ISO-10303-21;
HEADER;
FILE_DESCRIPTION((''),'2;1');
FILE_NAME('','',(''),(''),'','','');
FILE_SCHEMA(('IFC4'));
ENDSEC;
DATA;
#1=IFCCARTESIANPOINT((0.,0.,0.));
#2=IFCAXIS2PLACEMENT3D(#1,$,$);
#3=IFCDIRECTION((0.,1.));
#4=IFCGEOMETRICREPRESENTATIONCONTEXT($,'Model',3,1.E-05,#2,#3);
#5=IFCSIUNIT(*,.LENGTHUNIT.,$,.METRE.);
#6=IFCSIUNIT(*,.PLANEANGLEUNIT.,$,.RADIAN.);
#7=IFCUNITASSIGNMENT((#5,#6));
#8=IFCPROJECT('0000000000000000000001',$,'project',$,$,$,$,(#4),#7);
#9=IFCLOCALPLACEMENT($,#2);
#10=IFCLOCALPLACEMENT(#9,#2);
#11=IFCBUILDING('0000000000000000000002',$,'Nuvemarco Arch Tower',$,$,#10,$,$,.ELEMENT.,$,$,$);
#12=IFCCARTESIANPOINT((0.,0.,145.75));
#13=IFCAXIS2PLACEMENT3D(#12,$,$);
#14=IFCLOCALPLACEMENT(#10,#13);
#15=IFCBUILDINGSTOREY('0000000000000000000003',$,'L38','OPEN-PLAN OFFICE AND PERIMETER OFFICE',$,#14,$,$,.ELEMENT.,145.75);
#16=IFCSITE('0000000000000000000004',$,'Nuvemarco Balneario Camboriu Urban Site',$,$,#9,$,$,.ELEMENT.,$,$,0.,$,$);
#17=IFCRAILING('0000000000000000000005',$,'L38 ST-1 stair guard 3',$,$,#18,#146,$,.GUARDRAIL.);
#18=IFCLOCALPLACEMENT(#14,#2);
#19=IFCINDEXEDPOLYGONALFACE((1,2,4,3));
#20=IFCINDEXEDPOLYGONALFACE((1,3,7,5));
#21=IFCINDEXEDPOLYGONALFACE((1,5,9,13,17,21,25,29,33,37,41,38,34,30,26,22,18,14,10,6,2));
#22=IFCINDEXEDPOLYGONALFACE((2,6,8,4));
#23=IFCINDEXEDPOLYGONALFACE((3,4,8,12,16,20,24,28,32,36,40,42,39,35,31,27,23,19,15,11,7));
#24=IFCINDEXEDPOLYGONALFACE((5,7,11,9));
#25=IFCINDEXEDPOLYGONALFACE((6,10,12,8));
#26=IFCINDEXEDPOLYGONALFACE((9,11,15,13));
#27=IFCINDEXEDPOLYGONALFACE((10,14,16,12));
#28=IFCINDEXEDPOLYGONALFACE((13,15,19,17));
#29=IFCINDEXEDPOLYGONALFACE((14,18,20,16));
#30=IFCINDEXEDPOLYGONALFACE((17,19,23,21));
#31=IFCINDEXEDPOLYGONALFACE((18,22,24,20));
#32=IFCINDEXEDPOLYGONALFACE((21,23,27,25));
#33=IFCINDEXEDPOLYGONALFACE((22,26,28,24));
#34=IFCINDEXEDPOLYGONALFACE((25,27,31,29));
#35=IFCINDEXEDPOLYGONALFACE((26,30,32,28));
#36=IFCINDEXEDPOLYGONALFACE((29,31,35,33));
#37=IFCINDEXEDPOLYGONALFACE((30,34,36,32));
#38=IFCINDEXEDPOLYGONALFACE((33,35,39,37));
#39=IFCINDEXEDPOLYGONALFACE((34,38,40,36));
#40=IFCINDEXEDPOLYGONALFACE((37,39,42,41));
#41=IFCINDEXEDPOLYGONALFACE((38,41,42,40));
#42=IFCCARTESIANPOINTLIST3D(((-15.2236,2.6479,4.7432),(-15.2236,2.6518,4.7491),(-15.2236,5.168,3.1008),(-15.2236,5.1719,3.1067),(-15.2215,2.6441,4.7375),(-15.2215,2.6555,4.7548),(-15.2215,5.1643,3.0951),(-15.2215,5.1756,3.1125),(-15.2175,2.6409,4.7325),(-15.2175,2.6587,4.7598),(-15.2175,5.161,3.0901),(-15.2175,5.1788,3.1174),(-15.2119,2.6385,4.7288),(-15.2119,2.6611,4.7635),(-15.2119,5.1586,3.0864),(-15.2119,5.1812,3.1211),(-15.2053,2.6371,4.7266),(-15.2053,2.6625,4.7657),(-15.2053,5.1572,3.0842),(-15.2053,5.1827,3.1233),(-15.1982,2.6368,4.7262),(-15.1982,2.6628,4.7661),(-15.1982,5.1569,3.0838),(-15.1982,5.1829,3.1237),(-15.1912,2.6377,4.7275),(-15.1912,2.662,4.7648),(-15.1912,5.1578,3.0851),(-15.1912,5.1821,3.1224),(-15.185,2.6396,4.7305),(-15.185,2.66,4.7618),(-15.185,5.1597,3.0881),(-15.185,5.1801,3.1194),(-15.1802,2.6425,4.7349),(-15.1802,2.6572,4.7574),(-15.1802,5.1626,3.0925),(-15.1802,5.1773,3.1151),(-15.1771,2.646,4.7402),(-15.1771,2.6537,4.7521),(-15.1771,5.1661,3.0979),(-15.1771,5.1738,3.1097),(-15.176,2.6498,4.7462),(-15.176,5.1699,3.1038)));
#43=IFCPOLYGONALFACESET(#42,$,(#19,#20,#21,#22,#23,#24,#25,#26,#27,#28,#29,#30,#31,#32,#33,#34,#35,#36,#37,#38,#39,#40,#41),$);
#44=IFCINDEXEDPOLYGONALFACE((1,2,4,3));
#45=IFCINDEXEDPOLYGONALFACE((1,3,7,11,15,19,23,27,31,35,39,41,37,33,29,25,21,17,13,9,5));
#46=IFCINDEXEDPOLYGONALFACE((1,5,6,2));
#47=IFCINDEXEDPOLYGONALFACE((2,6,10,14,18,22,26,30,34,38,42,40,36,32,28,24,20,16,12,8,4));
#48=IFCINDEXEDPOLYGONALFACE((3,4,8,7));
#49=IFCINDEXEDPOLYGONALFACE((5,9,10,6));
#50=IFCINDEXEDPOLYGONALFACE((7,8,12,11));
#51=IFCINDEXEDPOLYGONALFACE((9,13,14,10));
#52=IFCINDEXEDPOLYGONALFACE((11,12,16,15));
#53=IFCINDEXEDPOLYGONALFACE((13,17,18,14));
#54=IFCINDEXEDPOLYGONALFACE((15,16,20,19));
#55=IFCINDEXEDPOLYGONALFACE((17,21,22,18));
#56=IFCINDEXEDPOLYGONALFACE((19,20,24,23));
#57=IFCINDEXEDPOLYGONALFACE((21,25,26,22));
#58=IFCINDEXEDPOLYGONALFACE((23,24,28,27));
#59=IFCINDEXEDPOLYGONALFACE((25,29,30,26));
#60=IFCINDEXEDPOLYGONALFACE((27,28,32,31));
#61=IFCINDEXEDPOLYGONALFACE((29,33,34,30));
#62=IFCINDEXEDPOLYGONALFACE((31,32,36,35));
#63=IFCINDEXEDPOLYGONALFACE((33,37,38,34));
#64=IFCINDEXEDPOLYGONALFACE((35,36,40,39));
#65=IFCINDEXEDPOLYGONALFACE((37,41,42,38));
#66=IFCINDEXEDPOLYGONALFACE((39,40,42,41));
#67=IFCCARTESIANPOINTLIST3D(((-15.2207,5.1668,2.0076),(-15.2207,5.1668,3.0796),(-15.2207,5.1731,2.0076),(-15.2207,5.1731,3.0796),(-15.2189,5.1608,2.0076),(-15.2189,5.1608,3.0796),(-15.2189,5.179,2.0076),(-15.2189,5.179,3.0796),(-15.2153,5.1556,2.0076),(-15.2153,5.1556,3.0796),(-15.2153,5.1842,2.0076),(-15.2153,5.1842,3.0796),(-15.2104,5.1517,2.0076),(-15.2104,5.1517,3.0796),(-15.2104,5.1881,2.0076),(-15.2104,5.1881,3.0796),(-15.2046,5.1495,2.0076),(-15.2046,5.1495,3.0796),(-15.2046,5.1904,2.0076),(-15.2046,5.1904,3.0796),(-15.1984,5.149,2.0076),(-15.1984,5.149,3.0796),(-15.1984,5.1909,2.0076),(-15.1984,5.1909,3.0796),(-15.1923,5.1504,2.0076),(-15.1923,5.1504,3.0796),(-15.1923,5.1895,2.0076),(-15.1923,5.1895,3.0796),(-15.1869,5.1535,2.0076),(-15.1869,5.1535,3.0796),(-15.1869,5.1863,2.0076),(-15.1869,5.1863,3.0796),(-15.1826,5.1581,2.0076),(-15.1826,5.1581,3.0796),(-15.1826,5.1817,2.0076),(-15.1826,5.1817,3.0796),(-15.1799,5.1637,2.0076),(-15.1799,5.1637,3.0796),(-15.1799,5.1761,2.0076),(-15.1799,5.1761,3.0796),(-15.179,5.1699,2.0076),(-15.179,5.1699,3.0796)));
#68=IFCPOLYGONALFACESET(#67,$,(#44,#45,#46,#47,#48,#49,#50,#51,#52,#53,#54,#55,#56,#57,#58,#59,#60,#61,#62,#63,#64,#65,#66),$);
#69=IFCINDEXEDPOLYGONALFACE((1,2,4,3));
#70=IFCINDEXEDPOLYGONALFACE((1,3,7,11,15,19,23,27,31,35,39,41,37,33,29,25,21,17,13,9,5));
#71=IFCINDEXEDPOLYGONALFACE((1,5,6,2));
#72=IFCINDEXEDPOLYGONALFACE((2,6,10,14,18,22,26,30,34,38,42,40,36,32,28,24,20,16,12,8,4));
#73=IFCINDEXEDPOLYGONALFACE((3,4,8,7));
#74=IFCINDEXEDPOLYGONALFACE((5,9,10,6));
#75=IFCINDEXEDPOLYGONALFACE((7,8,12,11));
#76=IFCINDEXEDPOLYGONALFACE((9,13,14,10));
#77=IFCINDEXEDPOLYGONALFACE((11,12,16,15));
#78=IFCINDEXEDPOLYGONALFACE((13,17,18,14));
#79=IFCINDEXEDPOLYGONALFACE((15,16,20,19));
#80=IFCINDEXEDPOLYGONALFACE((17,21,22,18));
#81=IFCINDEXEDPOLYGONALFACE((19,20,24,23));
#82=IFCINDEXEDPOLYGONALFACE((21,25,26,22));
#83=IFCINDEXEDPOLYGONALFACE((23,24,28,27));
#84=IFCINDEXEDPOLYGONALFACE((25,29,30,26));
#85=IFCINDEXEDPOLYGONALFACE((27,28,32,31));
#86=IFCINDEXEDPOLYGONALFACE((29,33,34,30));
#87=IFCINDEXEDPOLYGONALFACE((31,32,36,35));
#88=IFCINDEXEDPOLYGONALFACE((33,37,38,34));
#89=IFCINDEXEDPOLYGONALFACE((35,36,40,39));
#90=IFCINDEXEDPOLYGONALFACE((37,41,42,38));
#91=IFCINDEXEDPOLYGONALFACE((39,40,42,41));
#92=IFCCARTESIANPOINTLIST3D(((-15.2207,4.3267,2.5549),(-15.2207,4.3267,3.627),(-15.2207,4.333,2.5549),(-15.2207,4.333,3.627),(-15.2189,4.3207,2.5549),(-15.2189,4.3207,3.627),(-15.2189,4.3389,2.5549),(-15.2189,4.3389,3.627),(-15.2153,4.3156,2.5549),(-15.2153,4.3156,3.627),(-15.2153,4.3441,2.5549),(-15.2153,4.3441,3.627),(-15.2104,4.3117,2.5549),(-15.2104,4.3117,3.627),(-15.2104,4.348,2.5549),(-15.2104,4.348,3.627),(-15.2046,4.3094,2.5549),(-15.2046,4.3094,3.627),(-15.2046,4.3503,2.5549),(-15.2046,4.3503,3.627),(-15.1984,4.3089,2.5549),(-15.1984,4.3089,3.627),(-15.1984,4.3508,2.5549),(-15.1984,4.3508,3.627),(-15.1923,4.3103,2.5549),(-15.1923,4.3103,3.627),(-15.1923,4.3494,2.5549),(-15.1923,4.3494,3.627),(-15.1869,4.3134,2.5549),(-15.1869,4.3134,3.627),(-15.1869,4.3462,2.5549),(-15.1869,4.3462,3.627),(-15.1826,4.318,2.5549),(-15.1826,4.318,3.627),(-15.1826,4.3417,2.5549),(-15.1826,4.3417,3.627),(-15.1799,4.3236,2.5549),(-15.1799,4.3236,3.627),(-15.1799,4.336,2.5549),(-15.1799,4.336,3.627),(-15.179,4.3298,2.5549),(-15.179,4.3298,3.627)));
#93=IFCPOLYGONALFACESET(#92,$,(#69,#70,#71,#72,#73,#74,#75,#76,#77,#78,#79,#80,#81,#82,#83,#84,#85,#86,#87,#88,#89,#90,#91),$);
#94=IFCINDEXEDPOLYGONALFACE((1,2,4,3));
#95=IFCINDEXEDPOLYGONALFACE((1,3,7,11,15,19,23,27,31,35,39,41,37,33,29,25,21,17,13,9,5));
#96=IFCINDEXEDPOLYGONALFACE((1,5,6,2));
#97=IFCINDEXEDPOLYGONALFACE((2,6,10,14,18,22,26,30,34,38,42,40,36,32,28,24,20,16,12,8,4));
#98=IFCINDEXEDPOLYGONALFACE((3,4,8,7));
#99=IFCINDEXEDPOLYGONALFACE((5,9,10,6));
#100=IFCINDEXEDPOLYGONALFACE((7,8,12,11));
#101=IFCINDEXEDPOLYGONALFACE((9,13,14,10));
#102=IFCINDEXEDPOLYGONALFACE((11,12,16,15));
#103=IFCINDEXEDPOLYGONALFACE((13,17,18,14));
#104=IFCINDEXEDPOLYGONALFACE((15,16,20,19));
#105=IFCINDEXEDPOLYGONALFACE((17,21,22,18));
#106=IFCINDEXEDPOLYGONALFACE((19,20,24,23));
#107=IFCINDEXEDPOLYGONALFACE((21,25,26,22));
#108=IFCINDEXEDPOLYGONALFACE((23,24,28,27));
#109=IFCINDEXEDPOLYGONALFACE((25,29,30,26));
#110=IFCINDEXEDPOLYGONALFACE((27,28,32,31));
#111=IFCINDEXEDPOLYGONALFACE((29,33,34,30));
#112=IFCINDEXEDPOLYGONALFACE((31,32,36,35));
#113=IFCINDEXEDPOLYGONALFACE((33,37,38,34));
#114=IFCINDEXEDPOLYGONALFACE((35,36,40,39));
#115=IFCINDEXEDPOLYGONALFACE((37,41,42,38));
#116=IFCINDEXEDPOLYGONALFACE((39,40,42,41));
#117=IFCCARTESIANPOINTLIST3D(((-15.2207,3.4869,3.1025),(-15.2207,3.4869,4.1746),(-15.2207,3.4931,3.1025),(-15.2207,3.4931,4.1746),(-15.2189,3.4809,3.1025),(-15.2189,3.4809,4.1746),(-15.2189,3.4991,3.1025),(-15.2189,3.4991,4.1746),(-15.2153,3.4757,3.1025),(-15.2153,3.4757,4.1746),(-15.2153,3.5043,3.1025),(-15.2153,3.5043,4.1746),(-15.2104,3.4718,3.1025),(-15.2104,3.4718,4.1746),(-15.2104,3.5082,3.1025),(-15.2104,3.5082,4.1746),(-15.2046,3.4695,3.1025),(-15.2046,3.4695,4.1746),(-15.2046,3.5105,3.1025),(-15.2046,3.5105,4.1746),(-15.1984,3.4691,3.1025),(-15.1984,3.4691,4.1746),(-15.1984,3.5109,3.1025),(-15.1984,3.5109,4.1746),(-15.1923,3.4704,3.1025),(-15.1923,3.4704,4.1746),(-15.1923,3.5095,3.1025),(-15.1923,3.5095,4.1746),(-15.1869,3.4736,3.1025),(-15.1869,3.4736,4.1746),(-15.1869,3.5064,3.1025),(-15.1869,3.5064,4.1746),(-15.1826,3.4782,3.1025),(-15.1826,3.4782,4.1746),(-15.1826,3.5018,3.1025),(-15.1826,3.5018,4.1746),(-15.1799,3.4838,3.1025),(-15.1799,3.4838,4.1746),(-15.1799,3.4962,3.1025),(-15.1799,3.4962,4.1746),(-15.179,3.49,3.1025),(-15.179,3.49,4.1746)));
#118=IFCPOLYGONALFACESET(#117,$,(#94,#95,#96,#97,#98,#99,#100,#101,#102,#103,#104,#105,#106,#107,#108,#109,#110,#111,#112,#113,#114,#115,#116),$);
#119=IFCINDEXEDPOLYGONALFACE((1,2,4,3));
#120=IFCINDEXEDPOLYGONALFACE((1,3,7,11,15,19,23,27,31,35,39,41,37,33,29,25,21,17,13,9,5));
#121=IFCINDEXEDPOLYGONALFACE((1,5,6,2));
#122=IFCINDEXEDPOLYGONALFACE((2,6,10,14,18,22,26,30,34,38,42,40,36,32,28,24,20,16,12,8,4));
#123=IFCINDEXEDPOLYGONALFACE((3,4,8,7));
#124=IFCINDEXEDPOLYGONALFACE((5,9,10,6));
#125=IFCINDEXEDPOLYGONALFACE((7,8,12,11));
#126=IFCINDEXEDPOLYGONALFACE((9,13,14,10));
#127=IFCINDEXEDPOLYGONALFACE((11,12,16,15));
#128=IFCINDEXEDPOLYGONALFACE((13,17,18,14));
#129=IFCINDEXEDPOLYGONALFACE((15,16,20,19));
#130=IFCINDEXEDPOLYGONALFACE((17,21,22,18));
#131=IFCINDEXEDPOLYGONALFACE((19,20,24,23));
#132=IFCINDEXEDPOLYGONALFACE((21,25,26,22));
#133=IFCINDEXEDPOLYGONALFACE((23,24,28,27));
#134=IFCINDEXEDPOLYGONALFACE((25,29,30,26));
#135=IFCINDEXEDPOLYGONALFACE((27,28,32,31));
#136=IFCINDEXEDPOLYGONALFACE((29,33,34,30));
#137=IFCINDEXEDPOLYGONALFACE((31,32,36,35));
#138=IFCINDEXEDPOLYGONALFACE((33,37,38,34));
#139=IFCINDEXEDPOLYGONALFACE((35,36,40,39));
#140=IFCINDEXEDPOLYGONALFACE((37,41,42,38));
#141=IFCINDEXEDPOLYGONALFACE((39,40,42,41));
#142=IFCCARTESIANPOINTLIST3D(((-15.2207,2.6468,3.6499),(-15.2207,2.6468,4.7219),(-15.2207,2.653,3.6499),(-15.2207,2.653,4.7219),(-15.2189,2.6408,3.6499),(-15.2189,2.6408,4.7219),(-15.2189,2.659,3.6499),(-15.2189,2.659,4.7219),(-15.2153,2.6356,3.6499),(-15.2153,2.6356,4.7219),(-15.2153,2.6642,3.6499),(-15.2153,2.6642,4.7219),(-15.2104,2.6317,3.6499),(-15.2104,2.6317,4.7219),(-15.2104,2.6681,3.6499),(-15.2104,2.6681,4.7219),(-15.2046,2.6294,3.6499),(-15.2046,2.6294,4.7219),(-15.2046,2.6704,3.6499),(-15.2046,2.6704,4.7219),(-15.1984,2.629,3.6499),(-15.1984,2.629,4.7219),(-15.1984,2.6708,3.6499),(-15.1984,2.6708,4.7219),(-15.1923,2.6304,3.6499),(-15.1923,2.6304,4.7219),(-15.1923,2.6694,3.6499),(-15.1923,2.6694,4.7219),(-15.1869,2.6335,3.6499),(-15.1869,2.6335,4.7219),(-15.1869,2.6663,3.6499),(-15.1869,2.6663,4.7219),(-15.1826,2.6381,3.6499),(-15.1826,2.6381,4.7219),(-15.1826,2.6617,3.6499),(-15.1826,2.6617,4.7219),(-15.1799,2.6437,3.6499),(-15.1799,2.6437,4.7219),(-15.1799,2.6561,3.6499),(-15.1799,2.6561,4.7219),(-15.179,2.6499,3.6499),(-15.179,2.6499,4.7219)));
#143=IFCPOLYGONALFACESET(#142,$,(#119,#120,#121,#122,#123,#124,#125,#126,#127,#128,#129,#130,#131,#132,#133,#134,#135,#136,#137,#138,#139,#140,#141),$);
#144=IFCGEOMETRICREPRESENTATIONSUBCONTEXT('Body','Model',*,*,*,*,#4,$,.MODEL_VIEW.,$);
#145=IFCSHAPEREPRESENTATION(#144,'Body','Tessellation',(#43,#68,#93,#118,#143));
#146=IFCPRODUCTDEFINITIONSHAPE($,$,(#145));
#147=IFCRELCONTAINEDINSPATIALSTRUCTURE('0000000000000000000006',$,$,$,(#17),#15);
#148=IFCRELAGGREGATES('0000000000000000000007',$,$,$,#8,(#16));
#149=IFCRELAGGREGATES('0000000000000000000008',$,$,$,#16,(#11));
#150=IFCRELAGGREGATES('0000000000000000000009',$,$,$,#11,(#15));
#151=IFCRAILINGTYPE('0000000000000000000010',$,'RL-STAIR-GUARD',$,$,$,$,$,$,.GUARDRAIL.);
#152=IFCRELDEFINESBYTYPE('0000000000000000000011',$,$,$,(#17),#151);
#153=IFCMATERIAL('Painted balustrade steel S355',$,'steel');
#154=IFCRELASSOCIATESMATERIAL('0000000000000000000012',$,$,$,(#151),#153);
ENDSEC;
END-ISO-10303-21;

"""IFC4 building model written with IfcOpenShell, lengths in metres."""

from ifc_helpers import new_model, si_unit, direction, frame, origin, origin_2d, place, context, subcontext, project, spatial, circle, extrude, material, type_object, element, save


model = new_model("IFC4")

# Units and contexts
model_context = context("Model", 3, precision=1e-05, world=origin(), true_north=direction((0.0, 1.0)))
body_context = subcontext(model_context, "Body", "Model", "MODEL_VIEW")
ifc_project = project(units=[si_unit("LENGTHUNIT", "METRE"), si_unit("PLANEANGLEUNIT", "RADIAN")], contexts=[model_context])

# Site, building, storey
site_placement = place(None, origin())
site = spatial("IfcSite", under=ifc_project, at=site_placement, Name="Nuvemarco Balneario Camboriu Urban Site", CompositionType="ELEMENT", RefElevation=0.0)
building_placement = place(site_placement, origin())
building = spatial("IfcBuilding", under=site, at=building_placement, Name="Nuvemarco Arch Tower", CompositionType="ELEMENT")
storey_placement = place(building_placement, frame((0.0, 0.0, 145.75)))
storey = spatial("IfcBuildingStorey", under=building, at=storey_placement, Name="L38", Description="OPEN-PLAN OFFICE AND PERIMETER OFFICE", CompositionType="ELEMENT", Elevation=145.75)

# Railing
ifc_material_1 = material(Name="Painted balustrade steel S355", Category="steel")
railing_type_1 = type_object("IfcRailingType", Name="RL-STAIR-GUARD", PredefinedType="GUARDRAIL", material=ifc_material_1)
railing_1_placement = place(storey_placement, frame((-15.2, 5.1699, 2.0076)))
element("IfcRailing", 1, at=railing_1_placement, inside=storey, type_object=railing_type_1, Name="L38 ST-1 stair guard 3", PredefinedType="GUARDRAIL", context=body_context, shape_type="SweptSolid", body=[
    extrude(circle(Radius=0.0239, at=origin_2d()), frame((0.0, 0.0, 1.0962), z_axis=(0.0, -0.837787, 0.545998), x_axis=(1.0, 0.0, 0.0)), (0.0, 0.0, 1.0), 3.0081),
    extrude(circle(Radius=0.021, at=origin_2d()), origin(), (0.0, 0.0, 1.0), 1.072),
    extrude(circle(Radius=0.021, at=origin_2d()), frame((0.0, -0.8401, 0.5474)), (0.0, 0.0, 1.0), 1.072),
    extrude(circle(Radius=0.021, at=origin_2d()), frame((0.0, -1.6799, 1.095)), (0.0, 0.0, 1.0), 1.072),
    extrude(circle(Radius=0.021, at=origin_2d()), frame((0.0, -2.52, 1.6423)), (0.0, 0.0, 1.0), 1.072),
])

save(model, "model.ifc")
